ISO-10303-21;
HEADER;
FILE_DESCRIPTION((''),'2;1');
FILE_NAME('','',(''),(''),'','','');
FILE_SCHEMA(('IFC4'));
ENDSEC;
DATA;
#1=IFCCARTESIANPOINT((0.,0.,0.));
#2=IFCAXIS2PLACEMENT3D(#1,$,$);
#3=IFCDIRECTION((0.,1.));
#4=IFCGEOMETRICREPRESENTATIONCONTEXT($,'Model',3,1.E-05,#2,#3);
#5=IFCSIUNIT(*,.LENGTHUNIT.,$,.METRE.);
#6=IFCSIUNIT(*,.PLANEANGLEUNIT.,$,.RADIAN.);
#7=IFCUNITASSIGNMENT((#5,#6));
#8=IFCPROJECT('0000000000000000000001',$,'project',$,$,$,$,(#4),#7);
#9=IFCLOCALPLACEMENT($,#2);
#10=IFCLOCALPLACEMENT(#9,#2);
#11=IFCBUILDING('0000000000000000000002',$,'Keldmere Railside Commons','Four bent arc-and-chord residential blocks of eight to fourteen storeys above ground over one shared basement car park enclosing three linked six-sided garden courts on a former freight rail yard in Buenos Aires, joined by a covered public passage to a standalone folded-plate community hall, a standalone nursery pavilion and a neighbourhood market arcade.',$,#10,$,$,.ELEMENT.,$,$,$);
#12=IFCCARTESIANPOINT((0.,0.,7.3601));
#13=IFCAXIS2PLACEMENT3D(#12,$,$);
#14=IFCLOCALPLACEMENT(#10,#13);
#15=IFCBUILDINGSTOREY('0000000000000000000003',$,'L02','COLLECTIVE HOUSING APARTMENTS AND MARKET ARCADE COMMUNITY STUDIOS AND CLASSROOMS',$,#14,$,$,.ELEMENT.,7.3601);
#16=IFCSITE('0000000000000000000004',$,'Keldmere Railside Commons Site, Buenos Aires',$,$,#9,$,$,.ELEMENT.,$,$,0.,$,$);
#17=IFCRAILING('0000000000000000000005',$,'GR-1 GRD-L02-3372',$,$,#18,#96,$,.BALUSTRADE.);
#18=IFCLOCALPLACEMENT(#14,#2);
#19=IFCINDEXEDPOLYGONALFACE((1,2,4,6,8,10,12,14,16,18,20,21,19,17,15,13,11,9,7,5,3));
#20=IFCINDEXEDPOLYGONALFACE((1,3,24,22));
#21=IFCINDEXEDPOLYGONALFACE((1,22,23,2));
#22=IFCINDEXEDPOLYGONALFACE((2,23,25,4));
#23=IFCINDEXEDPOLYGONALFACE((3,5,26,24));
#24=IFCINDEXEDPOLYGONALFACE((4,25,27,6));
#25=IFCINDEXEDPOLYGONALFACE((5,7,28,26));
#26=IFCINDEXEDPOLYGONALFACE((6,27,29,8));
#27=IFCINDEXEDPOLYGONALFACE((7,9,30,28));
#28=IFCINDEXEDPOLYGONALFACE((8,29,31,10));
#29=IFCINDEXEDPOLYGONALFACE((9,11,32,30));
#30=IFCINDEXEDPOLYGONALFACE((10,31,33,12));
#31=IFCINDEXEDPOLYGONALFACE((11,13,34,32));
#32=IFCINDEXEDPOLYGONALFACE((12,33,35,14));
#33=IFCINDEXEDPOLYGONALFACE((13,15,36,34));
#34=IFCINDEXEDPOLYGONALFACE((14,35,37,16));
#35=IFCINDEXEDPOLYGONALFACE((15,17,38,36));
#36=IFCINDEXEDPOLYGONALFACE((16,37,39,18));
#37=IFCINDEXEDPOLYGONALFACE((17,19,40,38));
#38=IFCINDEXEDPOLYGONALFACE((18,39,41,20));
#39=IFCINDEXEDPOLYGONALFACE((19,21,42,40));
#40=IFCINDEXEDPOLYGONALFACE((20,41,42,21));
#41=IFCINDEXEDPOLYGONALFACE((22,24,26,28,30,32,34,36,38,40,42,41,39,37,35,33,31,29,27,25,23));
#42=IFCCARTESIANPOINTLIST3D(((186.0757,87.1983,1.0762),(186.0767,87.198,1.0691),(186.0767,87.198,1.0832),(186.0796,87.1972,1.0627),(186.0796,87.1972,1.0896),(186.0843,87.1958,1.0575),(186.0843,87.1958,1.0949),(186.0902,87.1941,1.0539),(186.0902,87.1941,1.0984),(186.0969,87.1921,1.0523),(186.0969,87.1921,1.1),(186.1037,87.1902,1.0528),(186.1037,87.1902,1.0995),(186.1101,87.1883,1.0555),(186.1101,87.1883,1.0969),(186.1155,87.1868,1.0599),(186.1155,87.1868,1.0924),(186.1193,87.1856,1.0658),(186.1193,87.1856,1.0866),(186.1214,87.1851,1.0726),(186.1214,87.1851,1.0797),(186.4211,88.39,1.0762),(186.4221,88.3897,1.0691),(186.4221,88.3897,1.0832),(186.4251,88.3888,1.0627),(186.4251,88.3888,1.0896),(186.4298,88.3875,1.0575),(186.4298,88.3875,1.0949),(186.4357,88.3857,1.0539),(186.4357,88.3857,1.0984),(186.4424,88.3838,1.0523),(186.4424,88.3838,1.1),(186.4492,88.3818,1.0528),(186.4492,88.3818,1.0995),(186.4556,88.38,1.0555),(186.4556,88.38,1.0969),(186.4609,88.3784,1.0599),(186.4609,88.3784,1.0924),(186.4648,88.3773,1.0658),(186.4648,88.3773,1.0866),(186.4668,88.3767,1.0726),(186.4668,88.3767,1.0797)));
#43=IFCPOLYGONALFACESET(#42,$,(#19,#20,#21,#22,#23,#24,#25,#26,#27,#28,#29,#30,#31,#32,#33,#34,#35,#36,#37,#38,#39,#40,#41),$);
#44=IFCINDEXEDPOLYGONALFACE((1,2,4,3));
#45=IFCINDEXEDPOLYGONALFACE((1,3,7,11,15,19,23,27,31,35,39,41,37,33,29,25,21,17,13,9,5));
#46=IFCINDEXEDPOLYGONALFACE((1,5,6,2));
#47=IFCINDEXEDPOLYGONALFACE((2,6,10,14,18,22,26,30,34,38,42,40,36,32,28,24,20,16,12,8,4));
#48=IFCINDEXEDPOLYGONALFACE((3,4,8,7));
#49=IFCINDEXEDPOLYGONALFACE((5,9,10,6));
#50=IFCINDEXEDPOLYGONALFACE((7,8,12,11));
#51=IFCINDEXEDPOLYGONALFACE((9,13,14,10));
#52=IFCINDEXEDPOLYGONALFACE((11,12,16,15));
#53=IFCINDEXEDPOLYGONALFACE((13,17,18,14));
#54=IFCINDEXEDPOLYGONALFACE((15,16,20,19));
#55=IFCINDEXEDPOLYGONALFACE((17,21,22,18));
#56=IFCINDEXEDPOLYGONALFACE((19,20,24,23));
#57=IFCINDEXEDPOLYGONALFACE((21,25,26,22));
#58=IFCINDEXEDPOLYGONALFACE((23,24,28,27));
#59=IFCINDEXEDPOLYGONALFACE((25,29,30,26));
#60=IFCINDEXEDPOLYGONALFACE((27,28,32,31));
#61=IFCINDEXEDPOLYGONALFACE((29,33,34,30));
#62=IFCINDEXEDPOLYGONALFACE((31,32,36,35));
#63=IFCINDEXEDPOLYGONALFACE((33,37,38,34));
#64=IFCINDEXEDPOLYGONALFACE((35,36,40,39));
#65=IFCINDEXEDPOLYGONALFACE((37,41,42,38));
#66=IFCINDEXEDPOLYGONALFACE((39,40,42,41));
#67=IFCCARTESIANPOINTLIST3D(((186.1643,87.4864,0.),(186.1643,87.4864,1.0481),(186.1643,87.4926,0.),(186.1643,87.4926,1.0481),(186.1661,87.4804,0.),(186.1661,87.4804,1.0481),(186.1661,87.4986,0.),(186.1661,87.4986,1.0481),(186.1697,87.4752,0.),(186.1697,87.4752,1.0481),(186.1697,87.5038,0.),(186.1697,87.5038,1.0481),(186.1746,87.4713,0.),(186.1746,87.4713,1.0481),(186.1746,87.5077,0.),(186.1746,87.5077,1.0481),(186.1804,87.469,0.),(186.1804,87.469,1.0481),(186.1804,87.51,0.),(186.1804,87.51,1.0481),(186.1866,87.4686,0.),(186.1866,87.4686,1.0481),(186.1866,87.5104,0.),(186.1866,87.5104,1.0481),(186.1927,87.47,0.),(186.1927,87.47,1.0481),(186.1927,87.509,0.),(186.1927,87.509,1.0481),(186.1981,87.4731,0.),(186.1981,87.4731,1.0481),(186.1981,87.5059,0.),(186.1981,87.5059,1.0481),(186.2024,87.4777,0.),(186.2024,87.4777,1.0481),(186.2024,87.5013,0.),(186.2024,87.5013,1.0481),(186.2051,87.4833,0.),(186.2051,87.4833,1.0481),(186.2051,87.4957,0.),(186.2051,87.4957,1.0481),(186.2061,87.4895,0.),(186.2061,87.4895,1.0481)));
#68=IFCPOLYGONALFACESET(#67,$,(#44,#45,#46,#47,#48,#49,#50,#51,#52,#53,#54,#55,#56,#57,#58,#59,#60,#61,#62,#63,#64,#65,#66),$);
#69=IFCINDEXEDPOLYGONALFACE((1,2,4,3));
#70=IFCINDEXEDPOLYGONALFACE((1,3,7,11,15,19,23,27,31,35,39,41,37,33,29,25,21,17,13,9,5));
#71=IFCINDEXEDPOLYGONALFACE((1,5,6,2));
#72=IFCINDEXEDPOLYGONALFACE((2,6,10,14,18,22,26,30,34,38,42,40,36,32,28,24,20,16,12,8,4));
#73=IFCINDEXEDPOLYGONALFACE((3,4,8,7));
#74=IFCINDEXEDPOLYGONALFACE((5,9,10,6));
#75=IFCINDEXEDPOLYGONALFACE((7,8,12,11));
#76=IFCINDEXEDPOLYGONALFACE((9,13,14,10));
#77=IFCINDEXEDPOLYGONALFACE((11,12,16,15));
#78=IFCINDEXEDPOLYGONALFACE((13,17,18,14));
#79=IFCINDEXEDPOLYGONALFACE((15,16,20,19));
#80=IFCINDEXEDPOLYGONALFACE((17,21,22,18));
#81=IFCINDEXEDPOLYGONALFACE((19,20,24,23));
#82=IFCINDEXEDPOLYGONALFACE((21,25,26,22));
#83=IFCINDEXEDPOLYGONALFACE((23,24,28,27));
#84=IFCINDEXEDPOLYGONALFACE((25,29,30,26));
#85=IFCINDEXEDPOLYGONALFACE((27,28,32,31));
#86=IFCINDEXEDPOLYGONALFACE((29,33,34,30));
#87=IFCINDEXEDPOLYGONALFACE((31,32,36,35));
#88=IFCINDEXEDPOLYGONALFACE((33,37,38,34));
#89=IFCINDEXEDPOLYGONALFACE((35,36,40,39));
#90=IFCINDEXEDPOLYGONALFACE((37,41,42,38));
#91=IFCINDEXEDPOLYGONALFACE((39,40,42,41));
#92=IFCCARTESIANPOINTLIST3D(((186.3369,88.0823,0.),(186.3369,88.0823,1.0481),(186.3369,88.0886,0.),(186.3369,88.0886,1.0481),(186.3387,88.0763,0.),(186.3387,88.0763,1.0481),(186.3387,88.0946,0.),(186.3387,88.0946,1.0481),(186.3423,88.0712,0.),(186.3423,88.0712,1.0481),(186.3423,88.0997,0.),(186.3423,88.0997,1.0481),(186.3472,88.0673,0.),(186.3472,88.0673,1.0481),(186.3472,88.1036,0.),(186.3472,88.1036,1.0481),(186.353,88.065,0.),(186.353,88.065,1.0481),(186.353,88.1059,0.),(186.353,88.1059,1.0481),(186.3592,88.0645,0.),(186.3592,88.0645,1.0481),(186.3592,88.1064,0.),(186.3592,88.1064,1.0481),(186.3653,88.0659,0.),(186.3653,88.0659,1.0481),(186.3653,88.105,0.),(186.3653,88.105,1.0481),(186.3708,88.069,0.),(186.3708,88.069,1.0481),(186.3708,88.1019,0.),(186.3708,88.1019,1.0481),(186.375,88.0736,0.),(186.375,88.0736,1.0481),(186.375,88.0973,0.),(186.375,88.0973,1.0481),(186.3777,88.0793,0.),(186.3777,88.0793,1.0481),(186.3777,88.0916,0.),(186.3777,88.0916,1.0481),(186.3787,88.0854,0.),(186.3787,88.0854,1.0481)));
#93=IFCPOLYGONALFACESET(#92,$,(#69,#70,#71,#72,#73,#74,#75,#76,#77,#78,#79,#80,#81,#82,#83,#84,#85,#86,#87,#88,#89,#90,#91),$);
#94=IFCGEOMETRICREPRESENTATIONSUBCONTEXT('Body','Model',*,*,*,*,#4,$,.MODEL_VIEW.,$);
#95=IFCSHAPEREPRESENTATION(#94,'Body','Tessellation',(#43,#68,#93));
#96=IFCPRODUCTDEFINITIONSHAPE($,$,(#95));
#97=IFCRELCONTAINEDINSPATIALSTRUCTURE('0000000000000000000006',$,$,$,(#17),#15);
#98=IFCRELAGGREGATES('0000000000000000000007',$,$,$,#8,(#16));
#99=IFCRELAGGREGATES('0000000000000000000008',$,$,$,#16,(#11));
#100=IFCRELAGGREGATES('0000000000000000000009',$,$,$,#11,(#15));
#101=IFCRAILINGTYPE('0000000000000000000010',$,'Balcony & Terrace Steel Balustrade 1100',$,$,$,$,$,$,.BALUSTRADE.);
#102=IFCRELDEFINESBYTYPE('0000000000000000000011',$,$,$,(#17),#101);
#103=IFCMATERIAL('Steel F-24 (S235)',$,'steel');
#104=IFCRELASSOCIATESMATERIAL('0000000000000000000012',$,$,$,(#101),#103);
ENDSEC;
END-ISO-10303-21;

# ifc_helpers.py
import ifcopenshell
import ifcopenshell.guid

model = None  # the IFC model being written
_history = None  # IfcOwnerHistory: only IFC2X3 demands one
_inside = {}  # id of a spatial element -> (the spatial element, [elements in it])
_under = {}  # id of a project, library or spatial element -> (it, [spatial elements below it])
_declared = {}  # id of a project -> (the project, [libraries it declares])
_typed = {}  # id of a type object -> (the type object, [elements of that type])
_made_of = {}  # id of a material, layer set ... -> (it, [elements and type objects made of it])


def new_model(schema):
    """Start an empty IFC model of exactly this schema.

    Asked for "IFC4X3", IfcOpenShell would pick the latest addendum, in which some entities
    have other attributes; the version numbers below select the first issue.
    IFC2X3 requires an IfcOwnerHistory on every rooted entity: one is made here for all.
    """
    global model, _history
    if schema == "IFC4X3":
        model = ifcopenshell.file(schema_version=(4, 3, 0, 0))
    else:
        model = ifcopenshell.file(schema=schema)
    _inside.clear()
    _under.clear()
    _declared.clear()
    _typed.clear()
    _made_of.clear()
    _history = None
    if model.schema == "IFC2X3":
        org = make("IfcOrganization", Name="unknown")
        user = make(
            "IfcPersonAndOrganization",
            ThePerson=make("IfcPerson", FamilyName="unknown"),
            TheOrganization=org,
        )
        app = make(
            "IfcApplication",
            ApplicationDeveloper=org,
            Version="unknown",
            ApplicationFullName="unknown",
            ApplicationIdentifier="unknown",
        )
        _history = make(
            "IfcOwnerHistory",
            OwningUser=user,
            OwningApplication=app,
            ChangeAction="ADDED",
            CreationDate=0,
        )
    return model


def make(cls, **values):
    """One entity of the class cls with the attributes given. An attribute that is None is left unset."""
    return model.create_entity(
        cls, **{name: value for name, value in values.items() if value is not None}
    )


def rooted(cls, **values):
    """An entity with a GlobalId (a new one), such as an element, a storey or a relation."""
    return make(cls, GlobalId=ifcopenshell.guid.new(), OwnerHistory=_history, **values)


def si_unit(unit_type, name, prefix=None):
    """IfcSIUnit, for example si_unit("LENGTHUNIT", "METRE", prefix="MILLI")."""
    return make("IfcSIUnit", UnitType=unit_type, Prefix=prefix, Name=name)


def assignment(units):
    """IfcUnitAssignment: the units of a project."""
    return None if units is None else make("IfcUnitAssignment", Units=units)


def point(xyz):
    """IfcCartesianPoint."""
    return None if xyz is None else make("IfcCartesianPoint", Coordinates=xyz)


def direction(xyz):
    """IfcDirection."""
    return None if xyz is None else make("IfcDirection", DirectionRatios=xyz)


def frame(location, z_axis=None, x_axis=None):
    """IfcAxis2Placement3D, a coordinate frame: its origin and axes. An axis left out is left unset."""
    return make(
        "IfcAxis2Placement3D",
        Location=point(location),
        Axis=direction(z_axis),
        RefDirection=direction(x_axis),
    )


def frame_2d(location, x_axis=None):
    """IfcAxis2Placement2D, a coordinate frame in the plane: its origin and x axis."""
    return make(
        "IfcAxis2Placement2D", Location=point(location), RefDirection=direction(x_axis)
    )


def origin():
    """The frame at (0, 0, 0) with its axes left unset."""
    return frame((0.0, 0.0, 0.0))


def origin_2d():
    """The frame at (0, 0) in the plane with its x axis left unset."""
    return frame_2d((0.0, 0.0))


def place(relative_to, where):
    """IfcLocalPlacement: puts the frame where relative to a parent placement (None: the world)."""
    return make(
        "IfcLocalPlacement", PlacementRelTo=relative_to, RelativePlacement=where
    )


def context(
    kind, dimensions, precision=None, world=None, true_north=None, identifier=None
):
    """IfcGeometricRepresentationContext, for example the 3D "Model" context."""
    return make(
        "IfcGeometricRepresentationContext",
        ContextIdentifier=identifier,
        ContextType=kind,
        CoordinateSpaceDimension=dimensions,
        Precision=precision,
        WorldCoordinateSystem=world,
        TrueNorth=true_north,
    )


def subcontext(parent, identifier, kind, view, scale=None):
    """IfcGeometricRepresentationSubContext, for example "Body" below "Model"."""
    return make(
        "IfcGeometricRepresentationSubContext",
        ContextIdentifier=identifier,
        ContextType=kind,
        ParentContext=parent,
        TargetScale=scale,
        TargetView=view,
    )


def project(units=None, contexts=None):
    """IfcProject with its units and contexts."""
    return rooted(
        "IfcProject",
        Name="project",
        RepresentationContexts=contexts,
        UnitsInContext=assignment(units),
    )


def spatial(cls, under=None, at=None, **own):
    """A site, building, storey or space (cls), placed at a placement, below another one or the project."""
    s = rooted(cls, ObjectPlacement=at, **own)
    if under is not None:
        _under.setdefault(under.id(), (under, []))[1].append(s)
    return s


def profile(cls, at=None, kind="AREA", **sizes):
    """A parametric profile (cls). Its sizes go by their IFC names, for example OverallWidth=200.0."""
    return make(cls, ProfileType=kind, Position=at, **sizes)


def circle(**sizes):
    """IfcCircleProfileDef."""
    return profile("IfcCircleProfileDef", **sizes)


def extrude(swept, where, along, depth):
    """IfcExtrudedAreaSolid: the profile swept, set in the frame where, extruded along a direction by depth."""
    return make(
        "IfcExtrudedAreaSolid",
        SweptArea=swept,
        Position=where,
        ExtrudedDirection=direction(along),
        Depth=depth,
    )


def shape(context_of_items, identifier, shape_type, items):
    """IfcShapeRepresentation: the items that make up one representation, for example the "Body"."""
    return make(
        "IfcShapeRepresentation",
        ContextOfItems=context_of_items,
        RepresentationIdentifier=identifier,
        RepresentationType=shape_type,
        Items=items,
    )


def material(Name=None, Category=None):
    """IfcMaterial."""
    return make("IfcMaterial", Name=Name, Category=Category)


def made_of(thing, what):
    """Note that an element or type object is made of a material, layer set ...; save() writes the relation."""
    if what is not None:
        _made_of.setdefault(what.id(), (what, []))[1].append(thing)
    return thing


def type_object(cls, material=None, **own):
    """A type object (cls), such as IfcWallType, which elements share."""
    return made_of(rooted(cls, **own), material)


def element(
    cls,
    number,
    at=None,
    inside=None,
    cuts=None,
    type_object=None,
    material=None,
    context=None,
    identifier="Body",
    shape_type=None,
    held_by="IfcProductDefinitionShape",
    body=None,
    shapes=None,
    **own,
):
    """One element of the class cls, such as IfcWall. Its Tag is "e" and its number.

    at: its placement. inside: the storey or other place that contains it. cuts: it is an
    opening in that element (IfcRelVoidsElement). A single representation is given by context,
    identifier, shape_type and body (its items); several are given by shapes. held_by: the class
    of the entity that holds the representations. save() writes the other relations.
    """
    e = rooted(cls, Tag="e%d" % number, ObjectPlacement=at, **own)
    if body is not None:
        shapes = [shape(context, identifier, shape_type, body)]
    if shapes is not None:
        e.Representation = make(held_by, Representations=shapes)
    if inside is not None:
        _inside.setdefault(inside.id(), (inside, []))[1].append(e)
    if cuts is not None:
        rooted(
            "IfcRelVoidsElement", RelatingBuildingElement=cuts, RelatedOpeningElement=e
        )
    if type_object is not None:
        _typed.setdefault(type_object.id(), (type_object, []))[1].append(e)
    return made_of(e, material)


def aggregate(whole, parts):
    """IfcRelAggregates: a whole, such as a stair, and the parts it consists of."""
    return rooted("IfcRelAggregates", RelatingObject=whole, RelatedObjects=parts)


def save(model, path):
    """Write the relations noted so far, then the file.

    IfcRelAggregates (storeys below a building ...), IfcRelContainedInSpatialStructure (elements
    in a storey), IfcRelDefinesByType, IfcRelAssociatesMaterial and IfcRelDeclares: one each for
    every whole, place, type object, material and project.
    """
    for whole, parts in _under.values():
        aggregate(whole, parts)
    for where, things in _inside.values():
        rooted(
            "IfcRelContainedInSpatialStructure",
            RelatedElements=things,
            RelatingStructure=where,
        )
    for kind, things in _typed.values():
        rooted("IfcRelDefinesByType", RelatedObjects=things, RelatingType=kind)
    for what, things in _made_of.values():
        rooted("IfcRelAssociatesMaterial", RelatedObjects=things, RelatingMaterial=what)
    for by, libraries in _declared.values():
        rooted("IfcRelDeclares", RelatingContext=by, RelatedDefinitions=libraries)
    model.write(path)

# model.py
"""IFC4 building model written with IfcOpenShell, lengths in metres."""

from ifc_helpers import new_model, si_unit, direction, frame, origin, origin_2d, place, context, subcontext, project, spatial, circle, extrude, material, type_object, element, save


model = new_model("IFC4")

# Units and contexts
model_context = context("Model", 3, precision=1e-05, world=origin(), true_north=direction((0.0, 1.0)))
body_context = subcontext(model_context, "Body", "Model", "MODEL_VIEW")
ifc_project = project(units=[si_unit("LENGTHUNIT", "METRE"), si_unit("PLANEANGLEUNIT", "RADIAN")], contexts=[model_context])

# Site, building, storey
site_placement = place(None, origin())
site = spatial("IfcSite", under=ifc_project, at=site_placement, Name="Keldmere Railside Commons Site, Buenos Aires", CompositionType="ELEMENT", RefElevation=0.0)
building_placement = place(site_placement, origin())
building = spatial("IfcBuilding", under=site, at=building_placement, Name="Keldmere Railside Commons", Description="Four bent arc-and-chord residential blocks of eight to fourteen storeys above ground over one shared basement car park enclosing three linked six-sided garden courts on a former freight rail yard in Buenos Aires, joined by a covered public passage to a standalone folded-plate community hall, a standalone nursery pavilion and a neighbourhood market arcade.", CompositionType="ELEMENT")
storey_placement = place(building_placement, frame((0.0, 0.0, 7.3601)))
storey = spatial("IfcBuildingStorey", under=building, at=storey_placement, Name="L02", Description="COLLECTIVE HOUSING APARTMENTS AND MARKET ARCADE COMMUNITY STUDIOS AND CLASSROOMS", CompositionType="ELEMENT", Elevation=7.3601)

# Railing
ifc_material_1 = material(Name="Steel F-24 (S235)", Category="steel")
railing_type = type_object("IfcRailingType", Name="Balcony & Terrace Steel Balustrade 1100", PredefinedType="BALUSTRADE", material=ifc_material_1)
railing_1_placement = place(storey_placement, frame((186.0986, 87.1917, 0.0)))
element("IfcRailing", 1, at=railing_1_placement, inside=storey, type_object=railing_type, Name="GR-1 GRD-L02-3372", PredefinedType="BALUSTRADE", context=body_context, shape_type="SweptSolid", body=[
    extrude(circle(Radius=0.0239, at=origin_2d()), frame((0.0, 0.0, 1.0762), z_axis=(0.278436, 0.960455, 0.0), x_axis=(-0.960455, 0.278436, 0.0)), (0.0, 0.0, 1.0), 1.2407),
    extrude(circle(Radius=0.021, at=origin_2d()), frame((0.0864, 0.2979, 0.0)), (0.0, 0.0, 1.0), 1.0481),
    extrude(circle(Radius=0.021, at=origin_2d()), frame((0.259, 0.8938, 0.0)), (0.0, 0.0, 1.0), 1.0481),
])

save(model, "model.ifc")
